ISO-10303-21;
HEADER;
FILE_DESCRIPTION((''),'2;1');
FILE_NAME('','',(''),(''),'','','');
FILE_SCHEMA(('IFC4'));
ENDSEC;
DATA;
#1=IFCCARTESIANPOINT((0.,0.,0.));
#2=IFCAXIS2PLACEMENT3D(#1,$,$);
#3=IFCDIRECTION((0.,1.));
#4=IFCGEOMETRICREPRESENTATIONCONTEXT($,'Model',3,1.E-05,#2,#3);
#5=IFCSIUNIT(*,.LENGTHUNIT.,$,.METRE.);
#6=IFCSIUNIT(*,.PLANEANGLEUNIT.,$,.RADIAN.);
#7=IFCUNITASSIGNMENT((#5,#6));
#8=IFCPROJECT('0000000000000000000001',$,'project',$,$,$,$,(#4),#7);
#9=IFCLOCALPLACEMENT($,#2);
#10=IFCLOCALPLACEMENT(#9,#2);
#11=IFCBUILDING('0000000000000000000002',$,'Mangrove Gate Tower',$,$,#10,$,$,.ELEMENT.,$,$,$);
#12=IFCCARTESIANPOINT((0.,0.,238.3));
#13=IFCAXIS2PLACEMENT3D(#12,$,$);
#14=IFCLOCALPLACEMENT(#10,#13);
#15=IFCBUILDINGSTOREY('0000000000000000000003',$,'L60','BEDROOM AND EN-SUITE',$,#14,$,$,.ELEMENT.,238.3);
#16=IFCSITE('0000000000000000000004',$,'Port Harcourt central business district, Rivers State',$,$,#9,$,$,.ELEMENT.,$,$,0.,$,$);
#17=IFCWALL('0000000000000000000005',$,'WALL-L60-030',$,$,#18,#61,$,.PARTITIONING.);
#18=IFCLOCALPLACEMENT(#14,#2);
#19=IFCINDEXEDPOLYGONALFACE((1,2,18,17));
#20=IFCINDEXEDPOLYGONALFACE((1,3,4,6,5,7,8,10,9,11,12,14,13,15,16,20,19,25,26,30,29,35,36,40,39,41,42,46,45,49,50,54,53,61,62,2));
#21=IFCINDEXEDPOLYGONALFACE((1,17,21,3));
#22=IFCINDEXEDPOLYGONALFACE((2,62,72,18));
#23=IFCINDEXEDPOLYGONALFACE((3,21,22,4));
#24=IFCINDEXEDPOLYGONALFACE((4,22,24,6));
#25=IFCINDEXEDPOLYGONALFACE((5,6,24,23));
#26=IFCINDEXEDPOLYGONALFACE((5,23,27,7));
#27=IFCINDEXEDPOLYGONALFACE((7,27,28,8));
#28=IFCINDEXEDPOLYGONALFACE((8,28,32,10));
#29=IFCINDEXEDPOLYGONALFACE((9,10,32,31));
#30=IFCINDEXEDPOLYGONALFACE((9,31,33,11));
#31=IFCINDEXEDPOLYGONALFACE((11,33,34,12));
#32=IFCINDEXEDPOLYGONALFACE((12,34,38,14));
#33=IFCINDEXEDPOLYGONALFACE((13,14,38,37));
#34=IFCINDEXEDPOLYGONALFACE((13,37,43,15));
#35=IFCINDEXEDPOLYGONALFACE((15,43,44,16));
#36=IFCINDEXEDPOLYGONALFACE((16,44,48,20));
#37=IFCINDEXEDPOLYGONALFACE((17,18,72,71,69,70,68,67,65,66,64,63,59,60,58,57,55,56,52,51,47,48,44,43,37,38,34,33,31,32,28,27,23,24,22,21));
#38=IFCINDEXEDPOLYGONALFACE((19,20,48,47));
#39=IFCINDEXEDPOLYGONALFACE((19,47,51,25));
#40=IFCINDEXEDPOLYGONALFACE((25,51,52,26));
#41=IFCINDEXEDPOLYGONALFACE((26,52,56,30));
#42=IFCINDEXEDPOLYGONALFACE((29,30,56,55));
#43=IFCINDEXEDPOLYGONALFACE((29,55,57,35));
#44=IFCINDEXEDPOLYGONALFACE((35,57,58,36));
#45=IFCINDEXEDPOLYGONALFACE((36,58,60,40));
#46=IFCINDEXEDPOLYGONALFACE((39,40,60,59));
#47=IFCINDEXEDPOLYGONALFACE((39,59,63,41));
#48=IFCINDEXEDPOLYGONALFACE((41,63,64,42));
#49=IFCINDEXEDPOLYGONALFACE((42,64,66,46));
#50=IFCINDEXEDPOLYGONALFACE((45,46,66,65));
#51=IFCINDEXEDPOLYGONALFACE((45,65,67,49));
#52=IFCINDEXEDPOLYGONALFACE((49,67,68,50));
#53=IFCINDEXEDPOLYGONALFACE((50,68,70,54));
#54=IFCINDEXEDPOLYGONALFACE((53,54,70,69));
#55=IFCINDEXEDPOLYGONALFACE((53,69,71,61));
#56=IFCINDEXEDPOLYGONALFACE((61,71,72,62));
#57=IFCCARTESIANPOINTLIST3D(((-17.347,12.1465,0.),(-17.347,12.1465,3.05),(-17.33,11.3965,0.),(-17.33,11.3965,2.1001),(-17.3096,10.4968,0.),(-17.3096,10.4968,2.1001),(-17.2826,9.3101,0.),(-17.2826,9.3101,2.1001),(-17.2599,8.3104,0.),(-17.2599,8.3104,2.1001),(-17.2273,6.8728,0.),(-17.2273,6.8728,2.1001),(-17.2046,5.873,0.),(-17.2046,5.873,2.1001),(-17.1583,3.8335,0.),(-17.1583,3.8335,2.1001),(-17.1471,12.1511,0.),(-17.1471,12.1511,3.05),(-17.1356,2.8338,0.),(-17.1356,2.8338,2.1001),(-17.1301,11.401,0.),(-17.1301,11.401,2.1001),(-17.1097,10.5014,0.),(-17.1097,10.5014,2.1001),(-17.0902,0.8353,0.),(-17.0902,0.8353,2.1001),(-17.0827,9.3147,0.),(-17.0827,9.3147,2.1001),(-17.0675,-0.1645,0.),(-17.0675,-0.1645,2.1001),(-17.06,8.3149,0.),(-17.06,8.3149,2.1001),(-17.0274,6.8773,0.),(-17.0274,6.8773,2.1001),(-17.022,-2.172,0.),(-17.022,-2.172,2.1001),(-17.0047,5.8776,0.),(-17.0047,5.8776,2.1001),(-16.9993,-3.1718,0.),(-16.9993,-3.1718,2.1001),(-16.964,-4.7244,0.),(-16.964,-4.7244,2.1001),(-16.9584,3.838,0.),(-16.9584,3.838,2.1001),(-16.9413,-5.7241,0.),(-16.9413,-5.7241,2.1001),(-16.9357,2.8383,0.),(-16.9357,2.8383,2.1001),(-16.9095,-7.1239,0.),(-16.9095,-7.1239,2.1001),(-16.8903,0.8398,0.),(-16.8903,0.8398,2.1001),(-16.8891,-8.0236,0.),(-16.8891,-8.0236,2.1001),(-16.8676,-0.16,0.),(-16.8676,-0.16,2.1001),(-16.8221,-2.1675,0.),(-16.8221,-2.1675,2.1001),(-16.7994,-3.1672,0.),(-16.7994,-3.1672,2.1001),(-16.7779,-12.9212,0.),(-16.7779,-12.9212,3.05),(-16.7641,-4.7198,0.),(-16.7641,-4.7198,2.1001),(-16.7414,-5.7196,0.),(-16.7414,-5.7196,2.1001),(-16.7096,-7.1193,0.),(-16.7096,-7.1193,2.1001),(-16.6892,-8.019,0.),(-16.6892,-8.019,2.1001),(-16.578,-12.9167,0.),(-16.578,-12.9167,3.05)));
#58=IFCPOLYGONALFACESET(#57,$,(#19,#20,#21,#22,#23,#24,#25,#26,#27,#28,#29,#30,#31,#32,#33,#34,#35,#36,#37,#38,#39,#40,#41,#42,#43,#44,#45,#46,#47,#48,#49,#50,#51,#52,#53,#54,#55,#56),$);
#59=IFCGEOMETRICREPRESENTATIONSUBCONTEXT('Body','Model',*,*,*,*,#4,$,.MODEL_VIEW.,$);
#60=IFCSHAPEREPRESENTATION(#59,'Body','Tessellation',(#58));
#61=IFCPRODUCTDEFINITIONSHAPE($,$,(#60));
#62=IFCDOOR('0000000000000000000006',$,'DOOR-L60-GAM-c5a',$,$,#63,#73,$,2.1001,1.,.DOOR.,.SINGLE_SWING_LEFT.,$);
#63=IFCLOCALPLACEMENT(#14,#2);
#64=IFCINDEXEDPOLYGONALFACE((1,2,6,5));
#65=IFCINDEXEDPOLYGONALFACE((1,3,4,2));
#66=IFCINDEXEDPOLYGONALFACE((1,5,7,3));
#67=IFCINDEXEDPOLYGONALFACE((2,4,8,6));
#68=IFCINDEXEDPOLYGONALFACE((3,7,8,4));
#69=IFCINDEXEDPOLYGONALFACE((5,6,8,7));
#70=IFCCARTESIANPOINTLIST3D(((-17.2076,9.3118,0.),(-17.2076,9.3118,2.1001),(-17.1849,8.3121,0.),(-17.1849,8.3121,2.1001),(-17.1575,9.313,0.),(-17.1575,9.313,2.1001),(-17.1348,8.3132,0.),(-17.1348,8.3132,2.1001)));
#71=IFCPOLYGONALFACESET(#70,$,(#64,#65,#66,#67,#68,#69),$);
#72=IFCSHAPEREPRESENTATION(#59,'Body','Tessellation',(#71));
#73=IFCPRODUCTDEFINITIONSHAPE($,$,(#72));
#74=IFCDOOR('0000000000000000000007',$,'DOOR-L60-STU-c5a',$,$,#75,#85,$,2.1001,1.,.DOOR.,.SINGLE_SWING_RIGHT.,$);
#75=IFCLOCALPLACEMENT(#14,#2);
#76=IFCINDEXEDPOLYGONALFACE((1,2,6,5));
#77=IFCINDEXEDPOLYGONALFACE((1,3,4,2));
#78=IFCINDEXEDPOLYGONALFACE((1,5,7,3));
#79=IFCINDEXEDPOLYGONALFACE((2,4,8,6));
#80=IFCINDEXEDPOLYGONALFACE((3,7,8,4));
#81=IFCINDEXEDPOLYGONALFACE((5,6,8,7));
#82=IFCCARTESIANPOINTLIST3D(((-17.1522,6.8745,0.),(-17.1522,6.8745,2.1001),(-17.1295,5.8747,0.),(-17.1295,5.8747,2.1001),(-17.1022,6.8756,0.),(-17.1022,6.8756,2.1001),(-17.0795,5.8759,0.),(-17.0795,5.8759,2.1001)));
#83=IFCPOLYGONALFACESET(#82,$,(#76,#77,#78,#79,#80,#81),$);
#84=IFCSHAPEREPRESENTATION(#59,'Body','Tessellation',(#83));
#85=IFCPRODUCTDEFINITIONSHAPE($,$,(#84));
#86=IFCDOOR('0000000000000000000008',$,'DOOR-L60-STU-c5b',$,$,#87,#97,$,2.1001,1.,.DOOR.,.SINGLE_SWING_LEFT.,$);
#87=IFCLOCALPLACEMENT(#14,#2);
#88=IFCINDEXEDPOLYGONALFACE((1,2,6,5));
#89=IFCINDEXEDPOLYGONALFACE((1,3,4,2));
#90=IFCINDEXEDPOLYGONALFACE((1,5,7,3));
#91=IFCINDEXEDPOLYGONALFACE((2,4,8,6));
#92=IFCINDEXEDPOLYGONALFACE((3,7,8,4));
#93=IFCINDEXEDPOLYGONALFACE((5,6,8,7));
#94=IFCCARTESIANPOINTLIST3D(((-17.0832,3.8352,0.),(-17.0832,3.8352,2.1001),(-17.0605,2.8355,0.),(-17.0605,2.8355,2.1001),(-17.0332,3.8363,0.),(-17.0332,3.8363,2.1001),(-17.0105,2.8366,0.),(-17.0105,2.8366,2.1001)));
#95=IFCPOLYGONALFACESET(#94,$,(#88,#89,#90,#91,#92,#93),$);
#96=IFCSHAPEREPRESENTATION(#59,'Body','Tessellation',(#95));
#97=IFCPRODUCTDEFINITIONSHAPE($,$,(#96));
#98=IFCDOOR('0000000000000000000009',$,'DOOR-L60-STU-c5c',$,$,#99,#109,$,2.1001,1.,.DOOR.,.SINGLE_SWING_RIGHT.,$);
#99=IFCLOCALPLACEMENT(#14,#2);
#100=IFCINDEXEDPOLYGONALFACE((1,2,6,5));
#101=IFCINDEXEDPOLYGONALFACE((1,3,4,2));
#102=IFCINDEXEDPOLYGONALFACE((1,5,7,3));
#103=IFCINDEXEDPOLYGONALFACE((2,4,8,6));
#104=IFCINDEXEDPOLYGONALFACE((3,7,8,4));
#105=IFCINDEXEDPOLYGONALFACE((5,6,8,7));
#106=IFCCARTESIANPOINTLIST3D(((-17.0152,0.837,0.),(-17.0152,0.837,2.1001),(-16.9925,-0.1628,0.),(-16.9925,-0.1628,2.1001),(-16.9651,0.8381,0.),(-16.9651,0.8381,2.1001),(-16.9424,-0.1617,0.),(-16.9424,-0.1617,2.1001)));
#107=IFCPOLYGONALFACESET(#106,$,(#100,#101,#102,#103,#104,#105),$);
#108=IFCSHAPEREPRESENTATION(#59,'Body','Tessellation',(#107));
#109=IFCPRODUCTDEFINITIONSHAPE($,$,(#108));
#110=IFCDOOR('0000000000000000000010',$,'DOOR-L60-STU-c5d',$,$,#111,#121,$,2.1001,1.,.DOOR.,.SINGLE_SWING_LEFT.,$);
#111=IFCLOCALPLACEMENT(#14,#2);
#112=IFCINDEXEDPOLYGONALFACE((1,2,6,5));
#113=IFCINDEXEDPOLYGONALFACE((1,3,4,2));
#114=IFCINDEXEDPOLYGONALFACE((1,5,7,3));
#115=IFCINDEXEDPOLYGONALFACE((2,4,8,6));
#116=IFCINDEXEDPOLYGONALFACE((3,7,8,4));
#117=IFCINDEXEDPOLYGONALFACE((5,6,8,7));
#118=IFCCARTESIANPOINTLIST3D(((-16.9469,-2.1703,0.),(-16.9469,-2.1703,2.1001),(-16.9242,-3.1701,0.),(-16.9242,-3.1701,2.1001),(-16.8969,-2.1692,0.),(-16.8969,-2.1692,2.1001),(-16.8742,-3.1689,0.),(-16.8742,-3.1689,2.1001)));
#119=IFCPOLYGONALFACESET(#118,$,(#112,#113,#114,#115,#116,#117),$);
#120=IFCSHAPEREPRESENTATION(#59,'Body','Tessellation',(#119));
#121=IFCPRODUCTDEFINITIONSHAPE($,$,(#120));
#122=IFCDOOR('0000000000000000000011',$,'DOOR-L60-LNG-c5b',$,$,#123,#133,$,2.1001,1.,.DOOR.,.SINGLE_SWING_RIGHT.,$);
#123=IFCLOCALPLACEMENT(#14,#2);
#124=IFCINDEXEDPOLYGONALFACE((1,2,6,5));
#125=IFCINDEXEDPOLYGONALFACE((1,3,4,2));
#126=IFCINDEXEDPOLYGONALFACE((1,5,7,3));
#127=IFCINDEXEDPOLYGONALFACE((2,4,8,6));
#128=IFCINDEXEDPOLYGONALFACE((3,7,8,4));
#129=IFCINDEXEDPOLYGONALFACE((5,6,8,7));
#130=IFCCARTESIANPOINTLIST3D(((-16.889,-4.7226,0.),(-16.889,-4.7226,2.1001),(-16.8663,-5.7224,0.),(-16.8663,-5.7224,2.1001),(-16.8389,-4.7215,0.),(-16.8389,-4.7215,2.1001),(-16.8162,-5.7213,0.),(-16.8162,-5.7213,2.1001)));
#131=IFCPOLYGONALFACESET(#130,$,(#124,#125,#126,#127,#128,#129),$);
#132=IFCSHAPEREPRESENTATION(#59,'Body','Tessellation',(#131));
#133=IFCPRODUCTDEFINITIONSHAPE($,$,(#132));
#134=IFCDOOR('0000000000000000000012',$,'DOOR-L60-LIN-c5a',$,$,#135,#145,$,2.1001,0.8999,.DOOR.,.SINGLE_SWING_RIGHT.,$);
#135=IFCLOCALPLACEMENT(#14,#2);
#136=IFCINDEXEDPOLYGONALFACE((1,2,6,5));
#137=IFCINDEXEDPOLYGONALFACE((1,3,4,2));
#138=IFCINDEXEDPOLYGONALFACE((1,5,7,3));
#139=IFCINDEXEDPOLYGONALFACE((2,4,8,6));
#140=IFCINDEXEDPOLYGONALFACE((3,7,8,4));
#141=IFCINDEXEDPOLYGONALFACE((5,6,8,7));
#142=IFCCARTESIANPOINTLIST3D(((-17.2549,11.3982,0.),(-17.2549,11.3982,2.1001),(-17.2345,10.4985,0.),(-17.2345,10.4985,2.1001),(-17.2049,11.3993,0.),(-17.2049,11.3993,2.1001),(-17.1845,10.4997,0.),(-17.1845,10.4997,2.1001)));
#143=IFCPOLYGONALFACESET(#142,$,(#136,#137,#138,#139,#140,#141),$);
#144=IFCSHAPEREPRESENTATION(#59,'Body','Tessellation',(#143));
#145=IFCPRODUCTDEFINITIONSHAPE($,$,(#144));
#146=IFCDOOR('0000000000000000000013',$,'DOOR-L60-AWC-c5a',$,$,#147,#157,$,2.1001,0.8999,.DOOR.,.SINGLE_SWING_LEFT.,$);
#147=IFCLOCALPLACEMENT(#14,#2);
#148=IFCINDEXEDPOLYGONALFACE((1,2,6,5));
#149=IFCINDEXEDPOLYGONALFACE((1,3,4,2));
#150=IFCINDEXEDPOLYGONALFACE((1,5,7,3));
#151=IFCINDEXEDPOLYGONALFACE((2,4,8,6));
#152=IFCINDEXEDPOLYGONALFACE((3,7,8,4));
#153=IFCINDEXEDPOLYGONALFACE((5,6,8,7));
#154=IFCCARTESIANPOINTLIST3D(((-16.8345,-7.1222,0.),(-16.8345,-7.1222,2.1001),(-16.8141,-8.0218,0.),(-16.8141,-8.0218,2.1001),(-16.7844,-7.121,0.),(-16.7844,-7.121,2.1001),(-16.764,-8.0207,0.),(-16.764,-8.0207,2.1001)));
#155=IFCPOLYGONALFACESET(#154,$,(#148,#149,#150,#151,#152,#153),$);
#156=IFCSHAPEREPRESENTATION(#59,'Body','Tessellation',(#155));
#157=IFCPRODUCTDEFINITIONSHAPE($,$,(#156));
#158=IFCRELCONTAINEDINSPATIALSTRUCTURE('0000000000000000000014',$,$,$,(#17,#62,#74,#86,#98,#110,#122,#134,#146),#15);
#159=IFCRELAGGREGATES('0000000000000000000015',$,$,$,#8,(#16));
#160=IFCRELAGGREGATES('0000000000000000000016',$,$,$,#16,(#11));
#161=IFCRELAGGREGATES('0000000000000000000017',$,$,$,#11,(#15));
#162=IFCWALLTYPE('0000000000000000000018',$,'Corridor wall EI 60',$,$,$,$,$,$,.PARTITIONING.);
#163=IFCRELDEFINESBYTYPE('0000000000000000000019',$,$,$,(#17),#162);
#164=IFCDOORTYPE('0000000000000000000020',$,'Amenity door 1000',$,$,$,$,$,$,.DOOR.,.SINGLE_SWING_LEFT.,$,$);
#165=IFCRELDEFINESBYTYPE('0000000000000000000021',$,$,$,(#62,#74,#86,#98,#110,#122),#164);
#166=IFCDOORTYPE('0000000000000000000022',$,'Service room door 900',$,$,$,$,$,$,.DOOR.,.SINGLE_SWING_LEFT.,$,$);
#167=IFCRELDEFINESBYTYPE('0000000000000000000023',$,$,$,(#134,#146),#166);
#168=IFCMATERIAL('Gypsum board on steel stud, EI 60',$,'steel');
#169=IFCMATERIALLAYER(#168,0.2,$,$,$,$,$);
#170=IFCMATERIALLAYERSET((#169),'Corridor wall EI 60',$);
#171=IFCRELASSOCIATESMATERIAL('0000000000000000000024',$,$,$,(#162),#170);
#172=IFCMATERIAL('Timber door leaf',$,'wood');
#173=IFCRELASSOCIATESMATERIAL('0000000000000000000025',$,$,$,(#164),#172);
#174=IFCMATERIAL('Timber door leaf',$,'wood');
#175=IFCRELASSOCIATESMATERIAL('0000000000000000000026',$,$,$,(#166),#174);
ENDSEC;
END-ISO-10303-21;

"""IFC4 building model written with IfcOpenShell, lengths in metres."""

from ifc_helpers import new_model, si_unit, direction, frame, frame_2d, origin, place, context, subcontext, project, spatial, rectangle, extrude, material, layer, layer_set, type_object, element, fill, save


model = new_model("IFC4")

# Units and contexts
model_context = context("Model", 3, precision=1e-05, world=origin(), true_north=direction((0.0, 1.0)))
body_context = subcontext(model_context, "Body", "Model", "MODEL_VIEW")
ifc_project = project(units=[si_unit("LENGTHUNIT", "METRE"), si_unit("PLANEANGLEUNIT", "RADIAN")], contexts=[model_context])

# Site, building, storey
site_placement = place(None, origin())
site = spatial("IfcSite", under=ifc_project, at=site_placement, Name="Port Harcourt central business district, Rivers State", CompositionType="ELEMENT", RefElevation=0.0)
building_placement = place(site_placement, origin())
building = spatial("IfcBuilding", under=site, at=building_placement, Name="Mangrove Gate Tower", CompositionType="ELEMENT")
storey_placement = place(building_placement, frame((0.0, 0.0, 238.3)))
storey = spatial("IfcBuildingStorey", under=building, at=storey_placement, Name="L60", Description="BEDROOM AND EN-SUITE", CompositionType="ELEMENT", Elevation=238.3)

# Wall, openings, doors
ifc_material_1 = material(Name="Gypsum board on steel stud, EI 60", Category="steel")
ifc_layer_1 = layer(ifc_material_1, 0.2)
ifc_layer_set_1 = layer_set([ifc_layer_1], Name="Corridor wall EI 60")
wall_type_1 = type_object("IfcWallType", Name="Corridor wall EI 60", PredefinedType="PARTITIONING", material=ifc_layer_set_1)
wall_1_placement = place(storey_placement, frame((-16.678, -12.9189, 0.0), z_axis=(0.0, 0.0, 1.0), x_axis=(-0.022696, 0.999742, 0.0)))
wall_1 = element("IfcWall", 1, at=wall_1_placement, inside=storey, type_object=wall_type_1, Name="WALL-L60-030", PredefinedType="PARTITIONING", context=body_context, shape_type="SweptSolid", body=[
    extrude(rectangle(XDim=25.0742, YDim=0.2, at=frame_2d((12.5371, 0.0))), origin(), (0.0, 0.0, 1.0), 3.05),
])
opening_1_placement = place(wall_1_placement, frame((21.2371, 0.0, 0.0)))
opening_1 = element("IfcOpeningElement", 2, at=opening_1_placement, cuts=wall_1, PredefinedType="OPENING", context=body_context, shape_type="SweptSolid", body=[
    extrude(rectangle(XDim=1.0, YDim=2.1001, at=frame_2d((0.5, 1.05))), frame((0.0, 0.1099, 0.0), z_axis=(0.0, -1.0, 0.0), x_axis=(1.0, 0.0, 0.0)), (0.0, 0.0, 1.0), 0.22),
])
opening_2_placement = place(wall_1_placement, frame((23.4241, 0.0, 0.0)))
opening_2 = element("IfcOpeningElement", 3, at=opening_2_placement, cuts=wall_1, PredefinedType="OPENING", context=body_context, shape_type="SweptSolid", body=[
    extrude(rectangle(XDim=0.8999, YDim=2.1001, at=frame_2d((0.45, 1.05))), frame((0.0, 0.1099, 0.0), z_axis=(0.0, -1.0, 0.0), x_axis=(1.0, 0.0, 0.0)), (0.0, 0.0, 1.0), 0.22),
])
opening_3_placement = place(wall_1_placement, frame((18.7991, 0.0, 0.0)))
opening_3 = element("IfcOpeningElement", 4, at=opening_3_placement, cuts=wall_1, PredefinedType="OPENING", context=body_context, shape_type="SweptSolid", body=[
    extrude(rectangle(XDim=1.0, YDim=2.1001, at=frame_2d((0.5, 1.05))), frame((0.0, 0.1099, 0.0), z_axis=(0.0, -1.0, 0.0), x_axis=(1.0, 0.0, 0.0)), (0.0, 0.0, 1.0), 0.22),
])
opening_4_placement = place(wall_1_placement, frame((15.759, 0.0, 0.0)))
opening_4 = element("IfcOpeningElement", 5, at=opening_4_placement, cuts=wall_1, PredefinedType="OPENING", context=body_context, shape_type="SweptSolid", body=[
    extrude(rectangle(XDim=1.0, YDim=2.1001, at=frame_2d((0.5, 1.05))), frame((0.0, 0.1099, 0.0), z_axis=(0.0, -1.0, 0.0), x_axis=(1.0, 0.0, 0.0)), (0.0, 0.0, 1.0), 0.22),
])
opening_5_placement = place(wall_1_placement, frame((12.76, 0.0, 0.0)))
opening_5 = element("IfcOpeningElement", 6, at=opening_5_placement, cuts=wall_1, PredefinedType="OPENING", context=body_context, shape_type="SweptSolid", body=[
    extrude(rectangle(XDim=1.0, YDim=2.1001, at=frame_2d((0.5, 1.05))), frame((0.0, 0.1099, 0.0), z_axis=(0.0, -1.0, 0.0), x_axis=(1.0, 0.0, 0.0)), (0.0, 0.0, 1.0), 0.22),
])
opening_6_placement = place(wall_1_placement, frame((9.752, 0.0, 0.0)))
opening_6 = element("IfcOpeningElement", 7, at=opening_6_placement, cuts=wall_1, PredefinedType="OPENING", context=body_context, shape_type="SweptSolid", body=[
    extrude(rectangle(XDim=1.0, YDim=2.1001, at=frame_2d((0.5, 1.05))), frame((0.0, 0.1099, 0.0), z_axis=(0.0, -1.0, 0.0), x_axis=(1.0, 0.0, 0.0)), (0.0, 0.0, 1.0), 0.22),
])
opening_7_placement = place(wall_1_placement, frame((7.199, 0.0, 0.0)))
opening_7 = element("IfcOpeningElement", 8, at=opening_7_placement, cuts=wall_1, PredefinedType="OPENING", context=body_context, shape_type="SweptSolid", body=[
    extrude(rectangle(XDim=1.0, YDim=2.1001, at=frame_2d((0.5, 1.05))), frame((0.0, 0.1099, 0.0), z_axis=(0.0, -1.0, 0.0), x_axis=(1.0, 0.0, 0.0)), (0.0, 0.0, 1.0), 0.22),
])
opening_8_placement = place(wall_1_placement, frame((4.8989, 0.0, 0.0)))
opening_8 = element("IfcOpeningElement", 9, at=opening_8_placement, cuts=wall_1, PredefinedType="OPENING", context=body_context, shape_type="SweptSolid", body=[
    extrude(rectangle(XDim=0.8999, YDim=2.1001, at=frame_2d((0.45, 1.05))), frame((0.0, 0.1099, 0.0), z_axis=(0.0, -1.0, 0.0), x_axis=(1.0, 0.0, 0.0)), (0.0, 0.0, 1.0), 0.22),
])
ifc_material_2 = material(Name="Timber door leaf", Category="wood")
door_type_1 = type_object("IfcDoorType", Name="Amenity door 1000", OperationType="SINGLE_SWING_LEFT", PredefinedType="DOOR", material=ifc_material_2)
door_1_placement = place(opening_1_placement, origin())
door_1 = element("IfcDoor", 10, at=door_1_placement, inside=storey, type_object=door_type_1, Name="DOOR-L60-GAM-c5a", OperationType="SINGLE_SWING_LEFT", OverallHeight=2.1001, OverallWidth=1.0, PredefinedType="DOOR", context=body_context, shape_type="SweptSolid", body=[
    extrude(rectangle(XDim=1.0, YDim=2.1001, at=frame_2d((0.5, 1.05))), frame((0.0, 0.0249, 0.0), z_axis=(0.0, -1.0, 0.0), x_axis=(1.0, 0.0, 0.0)), (0.0, 0.0, 1.0), 0.05),
])
fill(opening_1, door_1)
door_2_placement = place(opening_3_placement, origin())
door_2 = element("IfcDoor", 11, at=door_2_placement, inside=storey, type_object=door_type_1, Name="DOOR-L60-STU-c5a", OperationType="SINGLE_SWING_RIGHT", OverallHeight=2.1001, OverallWidth=1.0, PredefinedType="DOOR", context=body_context, shape_type="SweptSolid", body=[
    extrude(rectangle(XDim=1.0, YDim=2.1001, at=frame_2d((0.5, 1.05))), frame((0.0, 0.0249, 0.0), z_axis=(0.0, -1.0, 0.0), x_axis=(1.0, 0.0, 0.0)), (0.0, 0.0, 1.0), 0.05),
])
fill(opening_3, door_2)
door_3_placement = place(opening_4_placement, origin())
door_3 = element("IfcDoor", 12, at=door_3_placement, inside=storey, type_object=door_type_1, Name="DOOR-L60-STU-c5b", OperationType="SINGLE_SWING_LEFT", OverallHeight=2.1001, OverallWidth=1.0, PredefinedType="DOOR", context=body_context, shape_type="SweptSolid", body=[
    extrude(rectangle(XDim=1.0, YDim=2.1001, at=frame_2d((0.5, 1.05))), frame((0.0, 0.0249, 0.0), z_axis=(0.0, -1.0, 0.0), x_axis=(1.0, 0.0, 0.0)), (0.0, 0.0, 1.0), 0.05),
])
fill(opening_4, door_3)
door_4_placement = place(opening_5_placement, origin())
door_4 = element("IfcDoor", 13, at=door_4_placement, inside=storey, type_object=door_type_1, Name="DOOR-L60-STU-c5c", OperationType="SINGLE_SWING_RIGHT", OverallHeight=2.1001, OverallWidth=1.0, PredefinedType="DOOR", context=body_context, shape_type="SweptSolid", body=[
    extrude(rectangle(XDim=1.0, YDim=2.1001, at=frame_2d((0.5, 1.05))), frame((0.0, 0.0249, 0.0), z_axis=(0.0, -1.0, 0.0), x_axis=(1.0, 0.0, 0.0)), (0.0, 0.0, 1.0), 0.05),
])
fill(opening_5, door_4)
door_5_placement = place(opening_6_placement, origin())
door_5 = element("IfcDoor", 14, at=door_5_placement, inside=storey, type_object=door_type_1, Name="DOOR-L60-STU-c5d", OperationType="SINGLE_SWING_LEFT", OverallHeight=2.1001, OverallWidth=1.0, PredefinedType="DOOR", context=body_context, shape_type="SweptSolid", body=[
    extrude(rectangle(XDim=1.0, YDim=2.1001, at=frame_2d((0.5, 1.05))), frame((0.0, 0.0249, 0.0), z_axis=(0.0, -1.0, 0.0), x_axis=(1.0, 0.0, 0.0)), (0.0, 0.0, 1.0), 0.05),
])
fill(opening_6, door_5)
door_6_placement = place(opening_7_placement, origin())
door_6 = element("IfcDoor", 15, at=door_6_placement, inside=storey, type_object=door_type_1, Name="DOOR-L60-LNG-c5b", OperationType="SINGLE_SWING_RIGHT", OverallHeight=2.1001, OverallWidth=1.0, PredefinedType="DOOR", context=body_context, shape_type="SweptSolid", body=[
    extrude(rectangle(XDim=1.0, YDim=2.1001, at=frame_2d((0.5, 1.05))), frame((0.0, 0.0249, 0.0), z_axis=(0.0, -1.0, 0.0), x_axis=(1.0, 0.0, 0.0)), (0.0, 0.0, 1.0), 0.05),
])
fill(opening_7, door_6)
ifc_material_3 = material(Name="Timber door leaf", Category="wood")
door_type_2 = type_object("IfcDoorType", Name="Service room door 900", OperationType="SINGLE_SWING_LEFT", PredefinedType="DOOR", material=ifc_material_3)
door_7_placement = place(opening_2_placement, origin())
door_7 = element("IfcDoor", 16, at=door_7_placement, inside=storey, type_object=door_type_2, Name="DOOR-L60-LIN-c5a", OperationType="SINGLE_SWING_RIGHT", OverallHeight=2.1001, OverallWidth=0.8999, PredefinedType="DOOR", context=body_context, shape_type="SweptSolid", body=[
    extrude(rectangle(XDim=0.8999, YDim=2.1001, at=frame_2d((0.45, 1.05))), frame((0.0, 0.0249, 0.0), z_axis=(0.0, -1.0, 0.0), x_axis=(1.0, 0.0, 0.0)), (0.0, 0.0, 1.0), 0.05),
])
fill(opening_2, door_7)
door_8_placement = place(opening_8_placement, origin())
door_8 = element("IfcDoor", 17, at=door_8_placement, inside=storey, type_object=door_type_2, Name="DOOR-L60-AWC-c5a", OperationType="SINGLE_SWING_LEFT", OverallHeight=2.1001, OverallWidth=0.8999, PredefinedType="DOOR", context=body_context, shape_type="SweptSolid", body=[
    extrude(rectangle(XDim=0.8999, YDim=2.1001, at=frame_2d((0.45, 1.05))), frame((0.0, 0.0249, 0.0), z_axis=(0.0, -1.0, 0.0), x_axis=(1.0, 0.0, 0.0)), (0.0, 0.0, 1.0), 0.05),
])
fill(opening_8, door_8)

save(model, "model.ifc")
